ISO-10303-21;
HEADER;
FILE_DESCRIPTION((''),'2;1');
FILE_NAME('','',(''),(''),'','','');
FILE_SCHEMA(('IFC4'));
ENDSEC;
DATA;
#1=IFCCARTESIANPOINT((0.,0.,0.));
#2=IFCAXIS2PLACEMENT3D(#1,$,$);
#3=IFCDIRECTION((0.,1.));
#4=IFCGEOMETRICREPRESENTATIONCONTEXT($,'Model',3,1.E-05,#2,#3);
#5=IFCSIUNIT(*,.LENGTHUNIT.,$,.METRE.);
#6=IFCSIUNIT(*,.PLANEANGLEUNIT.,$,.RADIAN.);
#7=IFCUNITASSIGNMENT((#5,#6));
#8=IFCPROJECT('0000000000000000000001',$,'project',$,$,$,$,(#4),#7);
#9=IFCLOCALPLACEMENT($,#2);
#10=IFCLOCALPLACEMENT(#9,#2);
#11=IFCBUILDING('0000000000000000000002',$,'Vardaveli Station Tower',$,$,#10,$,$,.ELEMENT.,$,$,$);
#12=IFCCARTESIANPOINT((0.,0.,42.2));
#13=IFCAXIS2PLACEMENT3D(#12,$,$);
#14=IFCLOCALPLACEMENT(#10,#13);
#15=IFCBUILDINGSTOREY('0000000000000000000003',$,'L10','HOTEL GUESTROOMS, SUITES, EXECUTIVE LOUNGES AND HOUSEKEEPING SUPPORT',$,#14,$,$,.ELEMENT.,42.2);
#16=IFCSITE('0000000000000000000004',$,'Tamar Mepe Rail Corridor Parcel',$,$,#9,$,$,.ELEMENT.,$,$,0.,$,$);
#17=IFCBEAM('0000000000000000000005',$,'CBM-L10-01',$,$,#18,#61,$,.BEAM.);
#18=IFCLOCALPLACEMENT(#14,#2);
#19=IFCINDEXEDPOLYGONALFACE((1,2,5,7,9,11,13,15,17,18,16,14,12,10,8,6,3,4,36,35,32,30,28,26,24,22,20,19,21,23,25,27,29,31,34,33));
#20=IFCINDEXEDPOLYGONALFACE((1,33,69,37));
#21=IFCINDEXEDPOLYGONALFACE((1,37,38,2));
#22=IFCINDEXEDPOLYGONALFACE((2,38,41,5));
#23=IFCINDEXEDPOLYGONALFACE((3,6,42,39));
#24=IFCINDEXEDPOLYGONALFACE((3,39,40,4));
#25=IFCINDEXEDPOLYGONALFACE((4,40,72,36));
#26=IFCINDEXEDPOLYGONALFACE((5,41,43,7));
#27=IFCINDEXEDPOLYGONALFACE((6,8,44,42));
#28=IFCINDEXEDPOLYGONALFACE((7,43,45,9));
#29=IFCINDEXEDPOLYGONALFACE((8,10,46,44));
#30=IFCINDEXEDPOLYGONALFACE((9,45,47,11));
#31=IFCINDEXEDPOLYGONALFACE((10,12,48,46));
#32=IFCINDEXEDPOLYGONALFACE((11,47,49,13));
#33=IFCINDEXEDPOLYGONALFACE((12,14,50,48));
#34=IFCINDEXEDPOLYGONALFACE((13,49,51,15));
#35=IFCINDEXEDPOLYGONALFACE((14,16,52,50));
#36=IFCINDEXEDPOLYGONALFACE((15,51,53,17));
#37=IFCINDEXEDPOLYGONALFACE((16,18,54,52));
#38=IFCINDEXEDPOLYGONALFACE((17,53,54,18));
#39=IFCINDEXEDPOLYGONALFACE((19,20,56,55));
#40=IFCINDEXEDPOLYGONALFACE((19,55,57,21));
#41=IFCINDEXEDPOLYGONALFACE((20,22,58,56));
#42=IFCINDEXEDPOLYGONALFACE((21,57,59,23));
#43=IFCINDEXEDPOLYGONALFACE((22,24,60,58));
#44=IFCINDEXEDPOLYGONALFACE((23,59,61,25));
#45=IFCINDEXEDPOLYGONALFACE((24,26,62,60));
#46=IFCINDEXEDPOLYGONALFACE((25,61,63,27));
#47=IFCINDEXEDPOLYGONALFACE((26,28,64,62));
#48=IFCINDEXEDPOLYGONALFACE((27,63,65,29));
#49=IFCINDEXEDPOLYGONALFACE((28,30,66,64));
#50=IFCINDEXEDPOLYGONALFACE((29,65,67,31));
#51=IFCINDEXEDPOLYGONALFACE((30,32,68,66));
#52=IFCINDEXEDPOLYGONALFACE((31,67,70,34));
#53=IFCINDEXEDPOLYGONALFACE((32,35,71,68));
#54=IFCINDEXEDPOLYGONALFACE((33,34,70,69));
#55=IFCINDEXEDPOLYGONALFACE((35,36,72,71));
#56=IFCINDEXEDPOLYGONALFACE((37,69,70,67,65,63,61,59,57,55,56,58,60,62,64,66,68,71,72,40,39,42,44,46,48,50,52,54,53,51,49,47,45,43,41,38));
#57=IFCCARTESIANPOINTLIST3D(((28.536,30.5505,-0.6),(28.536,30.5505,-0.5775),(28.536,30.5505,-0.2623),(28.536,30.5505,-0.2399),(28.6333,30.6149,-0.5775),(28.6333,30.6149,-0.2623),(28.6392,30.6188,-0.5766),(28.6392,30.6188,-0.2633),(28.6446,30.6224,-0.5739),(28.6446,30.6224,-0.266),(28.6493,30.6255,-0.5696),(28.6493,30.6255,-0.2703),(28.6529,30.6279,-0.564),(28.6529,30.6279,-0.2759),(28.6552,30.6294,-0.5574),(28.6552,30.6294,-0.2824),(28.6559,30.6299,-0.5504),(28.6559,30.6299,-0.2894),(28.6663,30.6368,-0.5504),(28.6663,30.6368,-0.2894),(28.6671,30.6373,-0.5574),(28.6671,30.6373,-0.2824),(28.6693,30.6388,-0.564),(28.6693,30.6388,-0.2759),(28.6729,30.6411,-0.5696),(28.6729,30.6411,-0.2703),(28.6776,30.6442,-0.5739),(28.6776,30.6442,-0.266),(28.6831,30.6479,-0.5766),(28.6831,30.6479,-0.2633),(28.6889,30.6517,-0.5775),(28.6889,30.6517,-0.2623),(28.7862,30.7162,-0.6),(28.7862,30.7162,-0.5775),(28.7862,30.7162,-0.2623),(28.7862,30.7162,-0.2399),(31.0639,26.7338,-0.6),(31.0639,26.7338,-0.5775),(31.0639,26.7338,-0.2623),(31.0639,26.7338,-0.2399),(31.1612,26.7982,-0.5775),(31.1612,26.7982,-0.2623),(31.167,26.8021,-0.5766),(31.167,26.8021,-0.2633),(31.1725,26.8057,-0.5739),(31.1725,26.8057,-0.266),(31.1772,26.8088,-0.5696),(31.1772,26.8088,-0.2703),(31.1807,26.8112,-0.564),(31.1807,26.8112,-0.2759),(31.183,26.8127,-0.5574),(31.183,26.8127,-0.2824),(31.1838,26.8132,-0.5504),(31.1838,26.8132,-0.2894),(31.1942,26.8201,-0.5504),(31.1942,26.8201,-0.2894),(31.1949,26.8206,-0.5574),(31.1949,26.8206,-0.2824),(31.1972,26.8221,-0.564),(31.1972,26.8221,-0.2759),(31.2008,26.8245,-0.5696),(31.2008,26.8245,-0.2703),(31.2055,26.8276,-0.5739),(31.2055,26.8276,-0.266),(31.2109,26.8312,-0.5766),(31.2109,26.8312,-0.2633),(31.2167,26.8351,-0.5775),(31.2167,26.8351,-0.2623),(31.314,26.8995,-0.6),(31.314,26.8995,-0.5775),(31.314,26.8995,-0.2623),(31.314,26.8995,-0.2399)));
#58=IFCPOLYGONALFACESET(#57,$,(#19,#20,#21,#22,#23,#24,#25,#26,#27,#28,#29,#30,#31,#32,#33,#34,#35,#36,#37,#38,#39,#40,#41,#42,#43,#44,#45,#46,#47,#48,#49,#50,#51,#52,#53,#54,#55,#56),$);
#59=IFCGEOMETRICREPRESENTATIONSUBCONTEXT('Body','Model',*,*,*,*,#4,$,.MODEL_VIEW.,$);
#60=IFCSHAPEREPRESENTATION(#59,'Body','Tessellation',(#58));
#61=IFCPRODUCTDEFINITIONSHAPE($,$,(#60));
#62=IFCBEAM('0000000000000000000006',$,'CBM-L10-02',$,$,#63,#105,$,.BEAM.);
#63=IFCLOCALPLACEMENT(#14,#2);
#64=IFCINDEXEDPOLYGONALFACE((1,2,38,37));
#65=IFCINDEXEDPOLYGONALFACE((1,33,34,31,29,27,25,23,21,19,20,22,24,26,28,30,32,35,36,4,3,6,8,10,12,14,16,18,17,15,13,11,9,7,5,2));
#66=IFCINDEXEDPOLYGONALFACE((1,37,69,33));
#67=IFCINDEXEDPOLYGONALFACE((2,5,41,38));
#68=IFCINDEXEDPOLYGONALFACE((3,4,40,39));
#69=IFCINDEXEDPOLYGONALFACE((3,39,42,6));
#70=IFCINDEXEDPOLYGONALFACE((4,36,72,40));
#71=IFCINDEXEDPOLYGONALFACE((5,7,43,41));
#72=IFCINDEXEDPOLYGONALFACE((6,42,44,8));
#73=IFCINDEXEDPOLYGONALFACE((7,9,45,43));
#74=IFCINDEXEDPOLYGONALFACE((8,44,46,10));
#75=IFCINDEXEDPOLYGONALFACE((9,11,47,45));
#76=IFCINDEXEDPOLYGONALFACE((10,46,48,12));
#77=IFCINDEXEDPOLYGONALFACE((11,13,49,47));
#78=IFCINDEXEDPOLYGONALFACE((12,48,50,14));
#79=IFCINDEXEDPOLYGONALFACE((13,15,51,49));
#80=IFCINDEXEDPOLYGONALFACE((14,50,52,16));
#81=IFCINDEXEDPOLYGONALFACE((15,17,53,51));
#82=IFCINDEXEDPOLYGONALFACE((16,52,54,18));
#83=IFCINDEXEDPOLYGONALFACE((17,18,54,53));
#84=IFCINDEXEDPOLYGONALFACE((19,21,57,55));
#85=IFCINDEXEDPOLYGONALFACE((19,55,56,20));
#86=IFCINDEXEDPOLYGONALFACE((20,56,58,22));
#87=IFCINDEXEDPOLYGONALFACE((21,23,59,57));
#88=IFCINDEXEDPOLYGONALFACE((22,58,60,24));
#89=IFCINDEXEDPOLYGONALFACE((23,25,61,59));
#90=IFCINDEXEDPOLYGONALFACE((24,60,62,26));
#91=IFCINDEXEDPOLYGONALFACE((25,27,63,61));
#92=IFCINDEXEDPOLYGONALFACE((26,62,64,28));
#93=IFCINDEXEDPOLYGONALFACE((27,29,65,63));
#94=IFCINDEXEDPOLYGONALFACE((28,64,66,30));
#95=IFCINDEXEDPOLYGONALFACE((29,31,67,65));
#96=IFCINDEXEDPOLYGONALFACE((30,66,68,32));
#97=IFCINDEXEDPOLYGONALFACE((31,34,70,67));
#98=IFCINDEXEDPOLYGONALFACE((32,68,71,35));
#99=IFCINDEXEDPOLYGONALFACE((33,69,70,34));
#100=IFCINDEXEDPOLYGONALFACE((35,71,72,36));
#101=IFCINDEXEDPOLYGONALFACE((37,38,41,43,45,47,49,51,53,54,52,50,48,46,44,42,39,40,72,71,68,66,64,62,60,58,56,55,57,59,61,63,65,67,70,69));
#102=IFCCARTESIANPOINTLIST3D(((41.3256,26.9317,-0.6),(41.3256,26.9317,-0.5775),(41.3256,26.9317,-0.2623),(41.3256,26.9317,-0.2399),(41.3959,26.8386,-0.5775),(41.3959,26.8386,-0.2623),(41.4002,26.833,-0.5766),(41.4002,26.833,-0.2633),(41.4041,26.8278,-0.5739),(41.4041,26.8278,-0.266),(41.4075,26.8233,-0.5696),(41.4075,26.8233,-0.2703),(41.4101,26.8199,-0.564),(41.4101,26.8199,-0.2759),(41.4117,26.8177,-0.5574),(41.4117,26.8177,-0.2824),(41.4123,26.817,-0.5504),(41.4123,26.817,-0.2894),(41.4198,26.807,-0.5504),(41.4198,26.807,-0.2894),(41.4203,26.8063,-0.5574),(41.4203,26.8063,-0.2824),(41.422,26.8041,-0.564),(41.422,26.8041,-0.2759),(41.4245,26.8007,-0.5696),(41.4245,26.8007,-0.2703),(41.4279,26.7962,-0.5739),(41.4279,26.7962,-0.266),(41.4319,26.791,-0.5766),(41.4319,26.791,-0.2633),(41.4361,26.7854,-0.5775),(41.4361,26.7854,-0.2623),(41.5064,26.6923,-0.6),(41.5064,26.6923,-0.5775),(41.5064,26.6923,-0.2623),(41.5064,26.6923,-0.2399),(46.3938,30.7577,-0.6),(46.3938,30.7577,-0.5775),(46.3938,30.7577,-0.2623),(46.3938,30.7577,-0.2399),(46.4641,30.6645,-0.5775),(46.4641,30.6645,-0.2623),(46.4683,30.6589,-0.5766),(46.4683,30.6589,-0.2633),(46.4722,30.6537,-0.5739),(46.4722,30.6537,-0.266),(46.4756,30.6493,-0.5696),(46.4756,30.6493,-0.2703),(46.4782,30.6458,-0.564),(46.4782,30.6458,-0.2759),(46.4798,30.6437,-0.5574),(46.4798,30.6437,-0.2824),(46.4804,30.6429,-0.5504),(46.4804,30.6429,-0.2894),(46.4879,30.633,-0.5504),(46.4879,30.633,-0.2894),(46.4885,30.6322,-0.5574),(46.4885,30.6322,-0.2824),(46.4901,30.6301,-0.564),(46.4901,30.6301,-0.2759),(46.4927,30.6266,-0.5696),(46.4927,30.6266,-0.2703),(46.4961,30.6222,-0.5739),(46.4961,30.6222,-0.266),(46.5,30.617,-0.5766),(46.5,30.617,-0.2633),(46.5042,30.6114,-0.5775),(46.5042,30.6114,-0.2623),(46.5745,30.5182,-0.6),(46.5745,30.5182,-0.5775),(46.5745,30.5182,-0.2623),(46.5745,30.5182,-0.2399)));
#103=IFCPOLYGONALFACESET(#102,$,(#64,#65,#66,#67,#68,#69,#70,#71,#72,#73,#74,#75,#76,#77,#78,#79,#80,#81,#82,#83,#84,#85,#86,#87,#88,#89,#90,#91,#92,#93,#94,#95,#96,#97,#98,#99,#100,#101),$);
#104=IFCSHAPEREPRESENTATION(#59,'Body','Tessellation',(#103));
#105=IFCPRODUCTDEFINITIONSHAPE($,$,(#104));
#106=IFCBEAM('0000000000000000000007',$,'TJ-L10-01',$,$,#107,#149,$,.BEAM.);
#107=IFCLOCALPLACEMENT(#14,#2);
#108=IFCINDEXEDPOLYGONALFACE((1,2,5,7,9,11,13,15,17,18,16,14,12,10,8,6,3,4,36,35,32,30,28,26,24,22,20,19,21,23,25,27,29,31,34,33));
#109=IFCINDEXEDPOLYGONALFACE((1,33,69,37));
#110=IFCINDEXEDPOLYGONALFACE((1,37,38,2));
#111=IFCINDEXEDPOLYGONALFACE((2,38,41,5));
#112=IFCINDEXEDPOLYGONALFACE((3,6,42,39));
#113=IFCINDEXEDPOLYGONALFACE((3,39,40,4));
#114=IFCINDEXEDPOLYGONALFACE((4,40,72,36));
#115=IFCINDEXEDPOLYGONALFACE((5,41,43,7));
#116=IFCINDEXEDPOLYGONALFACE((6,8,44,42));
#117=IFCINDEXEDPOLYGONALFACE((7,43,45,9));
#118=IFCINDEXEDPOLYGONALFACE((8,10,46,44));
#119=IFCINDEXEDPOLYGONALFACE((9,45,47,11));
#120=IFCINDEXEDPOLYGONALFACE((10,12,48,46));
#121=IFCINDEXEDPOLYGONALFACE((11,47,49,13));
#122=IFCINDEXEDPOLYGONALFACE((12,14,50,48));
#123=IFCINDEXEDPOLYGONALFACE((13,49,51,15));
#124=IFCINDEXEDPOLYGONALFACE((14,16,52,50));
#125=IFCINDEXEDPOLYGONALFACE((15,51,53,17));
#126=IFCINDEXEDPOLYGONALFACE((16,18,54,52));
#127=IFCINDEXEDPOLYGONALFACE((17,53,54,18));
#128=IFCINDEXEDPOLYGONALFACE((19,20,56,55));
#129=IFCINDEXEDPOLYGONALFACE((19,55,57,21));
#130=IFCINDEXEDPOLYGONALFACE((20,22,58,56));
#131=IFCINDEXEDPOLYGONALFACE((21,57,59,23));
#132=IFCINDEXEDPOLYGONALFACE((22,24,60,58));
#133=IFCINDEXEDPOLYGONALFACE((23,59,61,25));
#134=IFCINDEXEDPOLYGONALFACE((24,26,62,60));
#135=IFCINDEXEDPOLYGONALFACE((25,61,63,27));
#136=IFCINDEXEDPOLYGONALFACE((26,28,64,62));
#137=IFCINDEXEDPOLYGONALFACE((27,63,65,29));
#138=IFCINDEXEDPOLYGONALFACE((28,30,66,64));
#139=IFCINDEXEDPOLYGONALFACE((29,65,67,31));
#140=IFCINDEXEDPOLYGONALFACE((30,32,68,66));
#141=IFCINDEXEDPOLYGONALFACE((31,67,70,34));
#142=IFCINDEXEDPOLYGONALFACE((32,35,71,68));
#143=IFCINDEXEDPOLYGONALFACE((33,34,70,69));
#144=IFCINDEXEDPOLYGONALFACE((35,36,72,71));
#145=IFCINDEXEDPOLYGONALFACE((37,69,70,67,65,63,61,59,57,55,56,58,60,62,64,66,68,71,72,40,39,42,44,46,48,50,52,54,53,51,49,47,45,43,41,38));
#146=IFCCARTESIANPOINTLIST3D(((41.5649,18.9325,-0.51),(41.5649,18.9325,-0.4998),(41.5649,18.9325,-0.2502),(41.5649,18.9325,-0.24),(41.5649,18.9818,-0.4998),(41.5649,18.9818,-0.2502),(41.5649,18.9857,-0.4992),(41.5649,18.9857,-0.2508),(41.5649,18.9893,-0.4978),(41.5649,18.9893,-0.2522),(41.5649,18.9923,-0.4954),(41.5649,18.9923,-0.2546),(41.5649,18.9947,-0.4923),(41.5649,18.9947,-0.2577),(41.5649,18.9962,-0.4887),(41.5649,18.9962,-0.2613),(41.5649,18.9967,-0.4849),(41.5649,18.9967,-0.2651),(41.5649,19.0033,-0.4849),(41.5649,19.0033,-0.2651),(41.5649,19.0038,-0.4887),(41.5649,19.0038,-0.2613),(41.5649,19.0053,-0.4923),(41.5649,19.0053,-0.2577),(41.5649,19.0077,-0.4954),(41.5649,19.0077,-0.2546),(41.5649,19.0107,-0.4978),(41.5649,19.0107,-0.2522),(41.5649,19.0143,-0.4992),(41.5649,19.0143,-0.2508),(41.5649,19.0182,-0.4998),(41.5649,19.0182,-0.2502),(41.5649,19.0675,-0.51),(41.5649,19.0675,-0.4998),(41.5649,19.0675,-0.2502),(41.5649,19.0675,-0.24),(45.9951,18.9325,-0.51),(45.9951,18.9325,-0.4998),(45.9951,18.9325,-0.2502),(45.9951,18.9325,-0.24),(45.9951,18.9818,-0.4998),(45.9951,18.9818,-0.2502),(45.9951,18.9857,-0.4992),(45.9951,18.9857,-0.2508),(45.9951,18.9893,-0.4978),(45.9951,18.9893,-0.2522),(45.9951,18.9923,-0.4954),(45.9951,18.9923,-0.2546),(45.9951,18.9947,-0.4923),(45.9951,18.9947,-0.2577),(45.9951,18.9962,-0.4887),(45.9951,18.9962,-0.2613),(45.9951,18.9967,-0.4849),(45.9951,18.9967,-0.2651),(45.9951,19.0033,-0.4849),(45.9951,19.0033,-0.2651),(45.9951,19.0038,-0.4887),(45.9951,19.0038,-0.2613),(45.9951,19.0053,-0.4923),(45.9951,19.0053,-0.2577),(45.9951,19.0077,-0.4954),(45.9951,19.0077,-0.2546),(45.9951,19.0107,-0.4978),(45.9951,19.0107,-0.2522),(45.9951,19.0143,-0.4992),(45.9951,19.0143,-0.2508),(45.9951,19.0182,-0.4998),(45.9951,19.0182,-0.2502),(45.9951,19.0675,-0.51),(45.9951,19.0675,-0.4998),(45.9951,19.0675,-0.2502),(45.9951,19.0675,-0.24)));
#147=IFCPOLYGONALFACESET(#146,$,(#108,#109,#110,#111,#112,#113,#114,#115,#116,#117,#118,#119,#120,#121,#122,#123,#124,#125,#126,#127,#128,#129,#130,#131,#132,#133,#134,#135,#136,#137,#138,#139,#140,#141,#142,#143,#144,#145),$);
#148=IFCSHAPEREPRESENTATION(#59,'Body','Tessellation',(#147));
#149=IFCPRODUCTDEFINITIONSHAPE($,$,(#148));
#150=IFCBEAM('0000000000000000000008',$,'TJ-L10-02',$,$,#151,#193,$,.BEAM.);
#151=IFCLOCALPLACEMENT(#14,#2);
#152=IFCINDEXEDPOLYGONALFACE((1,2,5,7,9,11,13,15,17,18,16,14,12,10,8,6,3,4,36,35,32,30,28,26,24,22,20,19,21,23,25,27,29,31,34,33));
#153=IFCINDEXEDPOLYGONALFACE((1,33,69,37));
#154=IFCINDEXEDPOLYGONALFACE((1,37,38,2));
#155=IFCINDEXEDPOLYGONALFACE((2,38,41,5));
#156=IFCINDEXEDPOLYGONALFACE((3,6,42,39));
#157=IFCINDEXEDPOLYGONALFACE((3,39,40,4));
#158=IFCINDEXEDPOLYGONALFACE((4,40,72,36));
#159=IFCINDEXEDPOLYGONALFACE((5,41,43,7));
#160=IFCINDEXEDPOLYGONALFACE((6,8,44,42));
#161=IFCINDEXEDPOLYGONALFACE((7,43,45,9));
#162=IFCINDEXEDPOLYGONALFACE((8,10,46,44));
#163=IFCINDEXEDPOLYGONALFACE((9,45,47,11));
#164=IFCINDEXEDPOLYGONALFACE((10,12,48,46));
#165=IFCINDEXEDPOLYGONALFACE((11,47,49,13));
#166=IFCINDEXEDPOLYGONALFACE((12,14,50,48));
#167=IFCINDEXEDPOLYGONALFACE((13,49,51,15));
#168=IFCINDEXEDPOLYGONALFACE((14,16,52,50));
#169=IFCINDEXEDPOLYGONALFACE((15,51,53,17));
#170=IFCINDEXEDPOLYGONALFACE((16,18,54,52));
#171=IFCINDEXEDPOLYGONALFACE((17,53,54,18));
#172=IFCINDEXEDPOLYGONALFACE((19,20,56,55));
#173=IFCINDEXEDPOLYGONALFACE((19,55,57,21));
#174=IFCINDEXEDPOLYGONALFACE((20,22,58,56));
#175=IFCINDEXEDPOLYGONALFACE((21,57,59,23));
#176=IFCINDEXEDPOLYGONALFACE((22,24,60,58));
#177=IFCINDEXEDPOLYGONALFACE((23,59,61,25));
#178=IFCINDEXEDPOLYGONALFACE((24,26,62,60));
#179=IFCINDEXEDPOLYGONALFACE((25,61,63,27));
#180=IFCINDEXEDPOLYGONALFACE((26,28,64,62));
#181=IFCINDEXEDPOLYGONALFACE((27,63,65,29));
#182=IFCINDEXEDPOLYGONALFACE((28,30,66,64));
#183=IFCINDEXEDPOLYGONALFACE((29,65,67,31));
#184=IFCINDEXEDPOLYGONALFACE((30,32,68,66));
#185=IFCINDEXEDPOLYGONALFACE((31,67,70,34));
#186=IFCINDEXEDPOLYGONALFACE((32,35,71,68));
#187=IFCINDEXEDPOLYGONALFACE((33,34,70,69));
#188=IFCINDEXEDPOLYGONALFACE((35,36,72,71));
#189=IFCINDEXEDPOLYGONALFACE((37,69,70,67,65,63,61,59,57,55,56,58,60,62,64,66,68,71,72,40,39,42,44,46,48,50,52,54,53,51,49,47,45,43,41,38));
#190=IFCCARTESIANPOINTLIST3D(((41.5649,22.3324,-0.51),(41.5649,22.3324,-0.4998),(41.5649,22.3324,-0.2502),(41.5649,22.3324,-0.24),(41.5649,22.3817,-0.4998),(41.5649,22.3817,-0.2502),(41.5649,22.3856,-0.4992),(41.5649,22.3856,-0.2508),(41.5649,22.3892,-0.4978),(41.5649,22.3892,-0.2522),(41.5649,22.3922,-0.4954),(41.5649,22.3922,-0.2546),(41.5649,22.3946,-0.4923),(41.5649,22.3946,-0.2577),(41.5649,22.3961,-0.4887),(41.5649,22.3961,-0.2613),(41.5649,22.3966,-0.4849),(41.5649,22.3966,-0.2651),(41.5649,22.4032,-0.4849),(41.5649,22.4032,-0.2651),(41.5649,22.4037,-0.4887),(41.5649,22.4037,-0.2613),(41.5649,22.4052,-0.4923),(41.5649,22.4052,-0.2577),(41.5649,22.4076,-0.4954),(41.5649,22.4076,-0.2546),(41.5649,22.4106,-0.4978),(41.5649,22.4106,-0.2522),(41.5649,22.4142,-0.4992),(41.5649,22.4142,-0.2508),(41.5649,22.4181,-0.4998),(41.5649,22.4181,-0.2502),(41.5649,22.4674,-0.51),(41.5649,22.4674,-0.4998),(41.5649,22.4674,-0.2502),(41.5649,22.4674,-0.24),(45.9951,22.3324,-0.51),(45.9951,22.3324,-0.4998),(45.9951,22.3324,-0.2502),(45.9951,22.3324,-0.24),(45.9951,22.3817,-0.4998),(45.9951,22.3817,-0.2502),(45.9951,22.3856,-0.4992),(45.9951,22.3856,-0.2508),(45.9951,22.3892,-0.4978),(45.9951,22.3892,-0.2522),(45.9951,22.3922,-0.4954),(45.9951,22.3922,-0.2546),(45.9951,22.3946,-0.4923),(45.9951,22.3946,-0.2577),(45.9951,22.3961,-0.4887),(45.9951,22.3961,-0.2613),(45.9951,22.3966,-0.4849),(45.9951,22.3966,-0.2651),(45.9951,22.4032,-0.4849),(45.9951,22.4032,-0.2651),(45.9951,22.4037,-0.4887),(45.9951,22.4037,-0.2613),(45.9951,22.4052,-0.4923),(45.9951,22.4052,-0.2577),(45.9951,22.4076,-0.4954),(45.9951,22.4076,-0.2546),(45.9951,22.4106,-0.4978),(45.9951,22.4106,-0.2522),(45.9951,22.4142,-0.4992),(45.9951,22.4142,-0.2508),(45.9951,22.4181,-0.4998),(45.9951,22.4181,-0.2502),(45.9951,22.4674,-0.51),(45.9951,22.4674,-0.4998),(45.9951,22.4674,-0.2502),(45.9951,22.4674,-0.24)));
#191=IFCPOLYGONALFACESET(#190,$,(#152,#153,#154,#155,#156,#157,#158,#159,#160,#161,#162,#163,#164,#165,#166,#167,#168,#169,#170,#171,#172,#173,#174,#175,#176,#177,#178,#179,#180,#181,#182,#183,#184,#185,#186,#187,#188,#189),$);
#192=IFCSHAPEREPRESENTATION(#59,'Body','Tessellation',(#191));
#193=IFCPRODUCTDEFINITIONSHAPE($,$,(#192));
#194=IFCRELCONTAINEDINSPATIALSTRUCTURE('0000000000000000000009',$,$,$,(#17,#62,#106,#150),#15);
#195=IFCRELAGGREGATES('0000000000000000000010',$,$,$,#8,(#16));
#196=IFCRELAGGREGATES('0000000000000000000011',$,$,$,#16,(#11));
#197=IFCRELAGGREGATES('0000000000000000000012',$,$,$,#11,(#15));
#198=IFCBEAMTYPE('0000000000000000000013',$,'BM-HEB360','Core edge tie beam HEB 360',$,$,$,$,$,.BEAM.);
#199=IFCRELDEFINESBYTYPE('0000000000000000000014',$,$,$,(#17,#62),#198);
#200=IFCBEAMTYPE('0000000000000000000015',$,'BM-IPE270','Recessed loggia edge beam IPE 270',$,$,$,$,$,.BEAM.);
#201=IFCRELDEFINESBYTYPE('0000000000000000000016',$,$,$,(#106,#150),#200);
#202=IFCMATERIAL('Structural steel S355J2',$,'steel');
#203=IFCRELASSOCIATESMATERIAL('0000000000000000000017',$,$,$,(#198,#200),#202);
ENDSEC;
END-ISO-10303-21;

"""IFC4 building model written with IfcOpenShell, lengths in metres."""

from ifc_helpers import new_model, si_unit, direction, frame, origin, origin_2d, place, context, subcontext, project, spatial, i_section, extrude, source, transform, mapped, material, material_profile, profile_set, type_object, element, save


model = new_model("IFC4")

# Units and contexts
model_context = context("Model", 3, precision=1e-05, world=origin(), true_north=direction((0.0, 1.0)))
body_context = subcontext(model_context, "Body", "Model", "MODEL_VIEW")
ifc_project = project(units=[si_unit("LENGTHUNIT", "METRE"), si_unit("PLANEANGLEUNIT", "RADIAN")], contexts=[model_context])

# Site, building, storey
site_placement = place(None, origin())
site = spatial("IfcSite", under=ifc_project, at=site_placement, Name="Tamar Mepe Rail Corridor Parcel", CompositionType="ELEMENT", RefElevation=0.0)
building_placement = place(site_placement, origin())
building = spatial("IfcBuilding", under=site, at=building_placement, Name="Vardaveli Station Tower", CompositionType="ELEMENT")
storey_placement = place(building_placement, frame((0.0, 0.0, 42.2)))
storey = spatial("IfcBuildingStorey", under=building, at=storey_placement, Name="L10", Description="HOTEL GUESTROOMS, SUITES, EXECUTIVE LOUNGES AND HOUSEKEEPING SUPPORT", CompositionType="ELEMENT", Elevation=42.2)

# Beams
ifc_material_1 = material(Name="Structural steel S355J2", Category="steel")
ifc_material_profile_1 = material_profile(ifc_material_1, i_section(OverallWidth=0.3, OverallDepth=0.3601, WebThickness=0.0125, FlangeThickness=0.0225, FilletRadius=0.0271, at=origin_2d()), Name="HEB 360")
ifc_profile_set_1 = profile_set([ifc_material_profile_1], Name="Structural steel S355J2")
beam_type_1 = type_object("IfcBeamType", Name="BM-HEB360", Description="Core edge tie beam HEB 360", PredefinedType="BEAM", material=ifc_profile_set_1)
shared_shape_1 = source(origin(), body_context, "Body", "SweptSolid", [
    extrude(i_section(OverallWidth=0.3, OverallDepth=0.3601, WebThickness=0.0125, FlangeThickness=0.0225, FilletRadius=0.0271, at=origin_2d()), origin(), (0.0, 0.0, 1.0), 4.5779),
])
beam_1_placement = place(storey_placement, frame((31.189, 26.8167, -0.4199), z_axis=(-0.552187, 0.83372, 0.0), x_axis=(-0.83372, -0.552187, 0.0)))
element("IfcBeam", 1, at=beam_1_placement, inside=storey, type_object=beam_type_1, Name="CBM-L10-01", PredefinedType="BEAM", context=body_context, shape_type="MappedRepresentation", body=[
    mapped(shared_shape_1, transform((0.0, 0.0, 0.0), scale=1.0)),
])
shared_shape_2 = source(origin(), body_context, "Body", "SweptSolid", [
    extrude(i_section(OverallWidth=0.3, OverallDepth=0.3601, WebThickness=0.0125, FlangeThickness=0.0225, FilletRadius=0.0271, at=origin_2d()), origin(), (0.0, 0.0, 1.0), 6.3501),
])
beam_2_placement = place(storey_placement, frame((41.416, 26.812, -0.4199), z_axis=(0.798118, 0.602501, 0.0), x_axis=(-0.602501, 0.798118, 0.0)))
element("IfcBeam", 2, at=beam_2_placement, inside=storey, type_object=beam_type_1, Name="CBM-L10-02", PredefinedType="BEAM", context=body_context, shape_type="MappedRepresentation", body=[
    mapped(shared_shape_2, transform((0.0, 0.0, 0.0), scale=1.0)),
])
ifc_material_profile_2 = material_profile(ifc_material_1, i_section(OverallWidth=0.135, OverallDepth=0.27, WebThickness=0.0066, FlangeThickness=0.0103, FilletRadius=0.0149, at=origin_2d()), Name="IPE 270")
ifc_profile_set_2 = profile_set([ifc_material_profile_2], Name="Structural steel S355J2")
beam_type_2 = type_object("IfcBeamType", Name="BM-IPE270", Description="Recessed loggia edge beam IPE 270", PredefinedType="BEAM", material=ifc_profile_set_2)
shared_shape_3 = source(origin(), body_context, "Body", "SweptSolid", [
    extrude(i_section(OverallWidth=0.135, OverallDepth=0.27, WebThickness=0.0066, FlangeThickness=0.0103, FilletRadius=0.0149, at=origin_2d()), origin(), (0.0, 0.0, 1.0), 4.4302),
])
for number, where, z_axis, x_axis, name in (
    (3, (41.5649, 19.0, -0.375), (1.0, 0.0, 0.0), (0.0, 1.0, 0.0), "TJ-L10-01"),
    (4, (41.5649, 22.3999, -0.375), (1.0, 0.0, 0.0), (0.0, 1.0, 0.0), "TJ-L10-02"),
):
    element("IfcBeam", number, at=place(storey_placement, frame(where, z_axis=z_axis, x_axis=x_axis)), inside=storey, type_object=beam_type_2, Name=name, PredefinedType="BEAM", context=body_context, shape_type="MappedRepresentation", body=[
        mapped(shared_shape_3, transform((0.0, 0.0, 0.0), scale=1.0)),
    ])

save(model, "model.ifc")
